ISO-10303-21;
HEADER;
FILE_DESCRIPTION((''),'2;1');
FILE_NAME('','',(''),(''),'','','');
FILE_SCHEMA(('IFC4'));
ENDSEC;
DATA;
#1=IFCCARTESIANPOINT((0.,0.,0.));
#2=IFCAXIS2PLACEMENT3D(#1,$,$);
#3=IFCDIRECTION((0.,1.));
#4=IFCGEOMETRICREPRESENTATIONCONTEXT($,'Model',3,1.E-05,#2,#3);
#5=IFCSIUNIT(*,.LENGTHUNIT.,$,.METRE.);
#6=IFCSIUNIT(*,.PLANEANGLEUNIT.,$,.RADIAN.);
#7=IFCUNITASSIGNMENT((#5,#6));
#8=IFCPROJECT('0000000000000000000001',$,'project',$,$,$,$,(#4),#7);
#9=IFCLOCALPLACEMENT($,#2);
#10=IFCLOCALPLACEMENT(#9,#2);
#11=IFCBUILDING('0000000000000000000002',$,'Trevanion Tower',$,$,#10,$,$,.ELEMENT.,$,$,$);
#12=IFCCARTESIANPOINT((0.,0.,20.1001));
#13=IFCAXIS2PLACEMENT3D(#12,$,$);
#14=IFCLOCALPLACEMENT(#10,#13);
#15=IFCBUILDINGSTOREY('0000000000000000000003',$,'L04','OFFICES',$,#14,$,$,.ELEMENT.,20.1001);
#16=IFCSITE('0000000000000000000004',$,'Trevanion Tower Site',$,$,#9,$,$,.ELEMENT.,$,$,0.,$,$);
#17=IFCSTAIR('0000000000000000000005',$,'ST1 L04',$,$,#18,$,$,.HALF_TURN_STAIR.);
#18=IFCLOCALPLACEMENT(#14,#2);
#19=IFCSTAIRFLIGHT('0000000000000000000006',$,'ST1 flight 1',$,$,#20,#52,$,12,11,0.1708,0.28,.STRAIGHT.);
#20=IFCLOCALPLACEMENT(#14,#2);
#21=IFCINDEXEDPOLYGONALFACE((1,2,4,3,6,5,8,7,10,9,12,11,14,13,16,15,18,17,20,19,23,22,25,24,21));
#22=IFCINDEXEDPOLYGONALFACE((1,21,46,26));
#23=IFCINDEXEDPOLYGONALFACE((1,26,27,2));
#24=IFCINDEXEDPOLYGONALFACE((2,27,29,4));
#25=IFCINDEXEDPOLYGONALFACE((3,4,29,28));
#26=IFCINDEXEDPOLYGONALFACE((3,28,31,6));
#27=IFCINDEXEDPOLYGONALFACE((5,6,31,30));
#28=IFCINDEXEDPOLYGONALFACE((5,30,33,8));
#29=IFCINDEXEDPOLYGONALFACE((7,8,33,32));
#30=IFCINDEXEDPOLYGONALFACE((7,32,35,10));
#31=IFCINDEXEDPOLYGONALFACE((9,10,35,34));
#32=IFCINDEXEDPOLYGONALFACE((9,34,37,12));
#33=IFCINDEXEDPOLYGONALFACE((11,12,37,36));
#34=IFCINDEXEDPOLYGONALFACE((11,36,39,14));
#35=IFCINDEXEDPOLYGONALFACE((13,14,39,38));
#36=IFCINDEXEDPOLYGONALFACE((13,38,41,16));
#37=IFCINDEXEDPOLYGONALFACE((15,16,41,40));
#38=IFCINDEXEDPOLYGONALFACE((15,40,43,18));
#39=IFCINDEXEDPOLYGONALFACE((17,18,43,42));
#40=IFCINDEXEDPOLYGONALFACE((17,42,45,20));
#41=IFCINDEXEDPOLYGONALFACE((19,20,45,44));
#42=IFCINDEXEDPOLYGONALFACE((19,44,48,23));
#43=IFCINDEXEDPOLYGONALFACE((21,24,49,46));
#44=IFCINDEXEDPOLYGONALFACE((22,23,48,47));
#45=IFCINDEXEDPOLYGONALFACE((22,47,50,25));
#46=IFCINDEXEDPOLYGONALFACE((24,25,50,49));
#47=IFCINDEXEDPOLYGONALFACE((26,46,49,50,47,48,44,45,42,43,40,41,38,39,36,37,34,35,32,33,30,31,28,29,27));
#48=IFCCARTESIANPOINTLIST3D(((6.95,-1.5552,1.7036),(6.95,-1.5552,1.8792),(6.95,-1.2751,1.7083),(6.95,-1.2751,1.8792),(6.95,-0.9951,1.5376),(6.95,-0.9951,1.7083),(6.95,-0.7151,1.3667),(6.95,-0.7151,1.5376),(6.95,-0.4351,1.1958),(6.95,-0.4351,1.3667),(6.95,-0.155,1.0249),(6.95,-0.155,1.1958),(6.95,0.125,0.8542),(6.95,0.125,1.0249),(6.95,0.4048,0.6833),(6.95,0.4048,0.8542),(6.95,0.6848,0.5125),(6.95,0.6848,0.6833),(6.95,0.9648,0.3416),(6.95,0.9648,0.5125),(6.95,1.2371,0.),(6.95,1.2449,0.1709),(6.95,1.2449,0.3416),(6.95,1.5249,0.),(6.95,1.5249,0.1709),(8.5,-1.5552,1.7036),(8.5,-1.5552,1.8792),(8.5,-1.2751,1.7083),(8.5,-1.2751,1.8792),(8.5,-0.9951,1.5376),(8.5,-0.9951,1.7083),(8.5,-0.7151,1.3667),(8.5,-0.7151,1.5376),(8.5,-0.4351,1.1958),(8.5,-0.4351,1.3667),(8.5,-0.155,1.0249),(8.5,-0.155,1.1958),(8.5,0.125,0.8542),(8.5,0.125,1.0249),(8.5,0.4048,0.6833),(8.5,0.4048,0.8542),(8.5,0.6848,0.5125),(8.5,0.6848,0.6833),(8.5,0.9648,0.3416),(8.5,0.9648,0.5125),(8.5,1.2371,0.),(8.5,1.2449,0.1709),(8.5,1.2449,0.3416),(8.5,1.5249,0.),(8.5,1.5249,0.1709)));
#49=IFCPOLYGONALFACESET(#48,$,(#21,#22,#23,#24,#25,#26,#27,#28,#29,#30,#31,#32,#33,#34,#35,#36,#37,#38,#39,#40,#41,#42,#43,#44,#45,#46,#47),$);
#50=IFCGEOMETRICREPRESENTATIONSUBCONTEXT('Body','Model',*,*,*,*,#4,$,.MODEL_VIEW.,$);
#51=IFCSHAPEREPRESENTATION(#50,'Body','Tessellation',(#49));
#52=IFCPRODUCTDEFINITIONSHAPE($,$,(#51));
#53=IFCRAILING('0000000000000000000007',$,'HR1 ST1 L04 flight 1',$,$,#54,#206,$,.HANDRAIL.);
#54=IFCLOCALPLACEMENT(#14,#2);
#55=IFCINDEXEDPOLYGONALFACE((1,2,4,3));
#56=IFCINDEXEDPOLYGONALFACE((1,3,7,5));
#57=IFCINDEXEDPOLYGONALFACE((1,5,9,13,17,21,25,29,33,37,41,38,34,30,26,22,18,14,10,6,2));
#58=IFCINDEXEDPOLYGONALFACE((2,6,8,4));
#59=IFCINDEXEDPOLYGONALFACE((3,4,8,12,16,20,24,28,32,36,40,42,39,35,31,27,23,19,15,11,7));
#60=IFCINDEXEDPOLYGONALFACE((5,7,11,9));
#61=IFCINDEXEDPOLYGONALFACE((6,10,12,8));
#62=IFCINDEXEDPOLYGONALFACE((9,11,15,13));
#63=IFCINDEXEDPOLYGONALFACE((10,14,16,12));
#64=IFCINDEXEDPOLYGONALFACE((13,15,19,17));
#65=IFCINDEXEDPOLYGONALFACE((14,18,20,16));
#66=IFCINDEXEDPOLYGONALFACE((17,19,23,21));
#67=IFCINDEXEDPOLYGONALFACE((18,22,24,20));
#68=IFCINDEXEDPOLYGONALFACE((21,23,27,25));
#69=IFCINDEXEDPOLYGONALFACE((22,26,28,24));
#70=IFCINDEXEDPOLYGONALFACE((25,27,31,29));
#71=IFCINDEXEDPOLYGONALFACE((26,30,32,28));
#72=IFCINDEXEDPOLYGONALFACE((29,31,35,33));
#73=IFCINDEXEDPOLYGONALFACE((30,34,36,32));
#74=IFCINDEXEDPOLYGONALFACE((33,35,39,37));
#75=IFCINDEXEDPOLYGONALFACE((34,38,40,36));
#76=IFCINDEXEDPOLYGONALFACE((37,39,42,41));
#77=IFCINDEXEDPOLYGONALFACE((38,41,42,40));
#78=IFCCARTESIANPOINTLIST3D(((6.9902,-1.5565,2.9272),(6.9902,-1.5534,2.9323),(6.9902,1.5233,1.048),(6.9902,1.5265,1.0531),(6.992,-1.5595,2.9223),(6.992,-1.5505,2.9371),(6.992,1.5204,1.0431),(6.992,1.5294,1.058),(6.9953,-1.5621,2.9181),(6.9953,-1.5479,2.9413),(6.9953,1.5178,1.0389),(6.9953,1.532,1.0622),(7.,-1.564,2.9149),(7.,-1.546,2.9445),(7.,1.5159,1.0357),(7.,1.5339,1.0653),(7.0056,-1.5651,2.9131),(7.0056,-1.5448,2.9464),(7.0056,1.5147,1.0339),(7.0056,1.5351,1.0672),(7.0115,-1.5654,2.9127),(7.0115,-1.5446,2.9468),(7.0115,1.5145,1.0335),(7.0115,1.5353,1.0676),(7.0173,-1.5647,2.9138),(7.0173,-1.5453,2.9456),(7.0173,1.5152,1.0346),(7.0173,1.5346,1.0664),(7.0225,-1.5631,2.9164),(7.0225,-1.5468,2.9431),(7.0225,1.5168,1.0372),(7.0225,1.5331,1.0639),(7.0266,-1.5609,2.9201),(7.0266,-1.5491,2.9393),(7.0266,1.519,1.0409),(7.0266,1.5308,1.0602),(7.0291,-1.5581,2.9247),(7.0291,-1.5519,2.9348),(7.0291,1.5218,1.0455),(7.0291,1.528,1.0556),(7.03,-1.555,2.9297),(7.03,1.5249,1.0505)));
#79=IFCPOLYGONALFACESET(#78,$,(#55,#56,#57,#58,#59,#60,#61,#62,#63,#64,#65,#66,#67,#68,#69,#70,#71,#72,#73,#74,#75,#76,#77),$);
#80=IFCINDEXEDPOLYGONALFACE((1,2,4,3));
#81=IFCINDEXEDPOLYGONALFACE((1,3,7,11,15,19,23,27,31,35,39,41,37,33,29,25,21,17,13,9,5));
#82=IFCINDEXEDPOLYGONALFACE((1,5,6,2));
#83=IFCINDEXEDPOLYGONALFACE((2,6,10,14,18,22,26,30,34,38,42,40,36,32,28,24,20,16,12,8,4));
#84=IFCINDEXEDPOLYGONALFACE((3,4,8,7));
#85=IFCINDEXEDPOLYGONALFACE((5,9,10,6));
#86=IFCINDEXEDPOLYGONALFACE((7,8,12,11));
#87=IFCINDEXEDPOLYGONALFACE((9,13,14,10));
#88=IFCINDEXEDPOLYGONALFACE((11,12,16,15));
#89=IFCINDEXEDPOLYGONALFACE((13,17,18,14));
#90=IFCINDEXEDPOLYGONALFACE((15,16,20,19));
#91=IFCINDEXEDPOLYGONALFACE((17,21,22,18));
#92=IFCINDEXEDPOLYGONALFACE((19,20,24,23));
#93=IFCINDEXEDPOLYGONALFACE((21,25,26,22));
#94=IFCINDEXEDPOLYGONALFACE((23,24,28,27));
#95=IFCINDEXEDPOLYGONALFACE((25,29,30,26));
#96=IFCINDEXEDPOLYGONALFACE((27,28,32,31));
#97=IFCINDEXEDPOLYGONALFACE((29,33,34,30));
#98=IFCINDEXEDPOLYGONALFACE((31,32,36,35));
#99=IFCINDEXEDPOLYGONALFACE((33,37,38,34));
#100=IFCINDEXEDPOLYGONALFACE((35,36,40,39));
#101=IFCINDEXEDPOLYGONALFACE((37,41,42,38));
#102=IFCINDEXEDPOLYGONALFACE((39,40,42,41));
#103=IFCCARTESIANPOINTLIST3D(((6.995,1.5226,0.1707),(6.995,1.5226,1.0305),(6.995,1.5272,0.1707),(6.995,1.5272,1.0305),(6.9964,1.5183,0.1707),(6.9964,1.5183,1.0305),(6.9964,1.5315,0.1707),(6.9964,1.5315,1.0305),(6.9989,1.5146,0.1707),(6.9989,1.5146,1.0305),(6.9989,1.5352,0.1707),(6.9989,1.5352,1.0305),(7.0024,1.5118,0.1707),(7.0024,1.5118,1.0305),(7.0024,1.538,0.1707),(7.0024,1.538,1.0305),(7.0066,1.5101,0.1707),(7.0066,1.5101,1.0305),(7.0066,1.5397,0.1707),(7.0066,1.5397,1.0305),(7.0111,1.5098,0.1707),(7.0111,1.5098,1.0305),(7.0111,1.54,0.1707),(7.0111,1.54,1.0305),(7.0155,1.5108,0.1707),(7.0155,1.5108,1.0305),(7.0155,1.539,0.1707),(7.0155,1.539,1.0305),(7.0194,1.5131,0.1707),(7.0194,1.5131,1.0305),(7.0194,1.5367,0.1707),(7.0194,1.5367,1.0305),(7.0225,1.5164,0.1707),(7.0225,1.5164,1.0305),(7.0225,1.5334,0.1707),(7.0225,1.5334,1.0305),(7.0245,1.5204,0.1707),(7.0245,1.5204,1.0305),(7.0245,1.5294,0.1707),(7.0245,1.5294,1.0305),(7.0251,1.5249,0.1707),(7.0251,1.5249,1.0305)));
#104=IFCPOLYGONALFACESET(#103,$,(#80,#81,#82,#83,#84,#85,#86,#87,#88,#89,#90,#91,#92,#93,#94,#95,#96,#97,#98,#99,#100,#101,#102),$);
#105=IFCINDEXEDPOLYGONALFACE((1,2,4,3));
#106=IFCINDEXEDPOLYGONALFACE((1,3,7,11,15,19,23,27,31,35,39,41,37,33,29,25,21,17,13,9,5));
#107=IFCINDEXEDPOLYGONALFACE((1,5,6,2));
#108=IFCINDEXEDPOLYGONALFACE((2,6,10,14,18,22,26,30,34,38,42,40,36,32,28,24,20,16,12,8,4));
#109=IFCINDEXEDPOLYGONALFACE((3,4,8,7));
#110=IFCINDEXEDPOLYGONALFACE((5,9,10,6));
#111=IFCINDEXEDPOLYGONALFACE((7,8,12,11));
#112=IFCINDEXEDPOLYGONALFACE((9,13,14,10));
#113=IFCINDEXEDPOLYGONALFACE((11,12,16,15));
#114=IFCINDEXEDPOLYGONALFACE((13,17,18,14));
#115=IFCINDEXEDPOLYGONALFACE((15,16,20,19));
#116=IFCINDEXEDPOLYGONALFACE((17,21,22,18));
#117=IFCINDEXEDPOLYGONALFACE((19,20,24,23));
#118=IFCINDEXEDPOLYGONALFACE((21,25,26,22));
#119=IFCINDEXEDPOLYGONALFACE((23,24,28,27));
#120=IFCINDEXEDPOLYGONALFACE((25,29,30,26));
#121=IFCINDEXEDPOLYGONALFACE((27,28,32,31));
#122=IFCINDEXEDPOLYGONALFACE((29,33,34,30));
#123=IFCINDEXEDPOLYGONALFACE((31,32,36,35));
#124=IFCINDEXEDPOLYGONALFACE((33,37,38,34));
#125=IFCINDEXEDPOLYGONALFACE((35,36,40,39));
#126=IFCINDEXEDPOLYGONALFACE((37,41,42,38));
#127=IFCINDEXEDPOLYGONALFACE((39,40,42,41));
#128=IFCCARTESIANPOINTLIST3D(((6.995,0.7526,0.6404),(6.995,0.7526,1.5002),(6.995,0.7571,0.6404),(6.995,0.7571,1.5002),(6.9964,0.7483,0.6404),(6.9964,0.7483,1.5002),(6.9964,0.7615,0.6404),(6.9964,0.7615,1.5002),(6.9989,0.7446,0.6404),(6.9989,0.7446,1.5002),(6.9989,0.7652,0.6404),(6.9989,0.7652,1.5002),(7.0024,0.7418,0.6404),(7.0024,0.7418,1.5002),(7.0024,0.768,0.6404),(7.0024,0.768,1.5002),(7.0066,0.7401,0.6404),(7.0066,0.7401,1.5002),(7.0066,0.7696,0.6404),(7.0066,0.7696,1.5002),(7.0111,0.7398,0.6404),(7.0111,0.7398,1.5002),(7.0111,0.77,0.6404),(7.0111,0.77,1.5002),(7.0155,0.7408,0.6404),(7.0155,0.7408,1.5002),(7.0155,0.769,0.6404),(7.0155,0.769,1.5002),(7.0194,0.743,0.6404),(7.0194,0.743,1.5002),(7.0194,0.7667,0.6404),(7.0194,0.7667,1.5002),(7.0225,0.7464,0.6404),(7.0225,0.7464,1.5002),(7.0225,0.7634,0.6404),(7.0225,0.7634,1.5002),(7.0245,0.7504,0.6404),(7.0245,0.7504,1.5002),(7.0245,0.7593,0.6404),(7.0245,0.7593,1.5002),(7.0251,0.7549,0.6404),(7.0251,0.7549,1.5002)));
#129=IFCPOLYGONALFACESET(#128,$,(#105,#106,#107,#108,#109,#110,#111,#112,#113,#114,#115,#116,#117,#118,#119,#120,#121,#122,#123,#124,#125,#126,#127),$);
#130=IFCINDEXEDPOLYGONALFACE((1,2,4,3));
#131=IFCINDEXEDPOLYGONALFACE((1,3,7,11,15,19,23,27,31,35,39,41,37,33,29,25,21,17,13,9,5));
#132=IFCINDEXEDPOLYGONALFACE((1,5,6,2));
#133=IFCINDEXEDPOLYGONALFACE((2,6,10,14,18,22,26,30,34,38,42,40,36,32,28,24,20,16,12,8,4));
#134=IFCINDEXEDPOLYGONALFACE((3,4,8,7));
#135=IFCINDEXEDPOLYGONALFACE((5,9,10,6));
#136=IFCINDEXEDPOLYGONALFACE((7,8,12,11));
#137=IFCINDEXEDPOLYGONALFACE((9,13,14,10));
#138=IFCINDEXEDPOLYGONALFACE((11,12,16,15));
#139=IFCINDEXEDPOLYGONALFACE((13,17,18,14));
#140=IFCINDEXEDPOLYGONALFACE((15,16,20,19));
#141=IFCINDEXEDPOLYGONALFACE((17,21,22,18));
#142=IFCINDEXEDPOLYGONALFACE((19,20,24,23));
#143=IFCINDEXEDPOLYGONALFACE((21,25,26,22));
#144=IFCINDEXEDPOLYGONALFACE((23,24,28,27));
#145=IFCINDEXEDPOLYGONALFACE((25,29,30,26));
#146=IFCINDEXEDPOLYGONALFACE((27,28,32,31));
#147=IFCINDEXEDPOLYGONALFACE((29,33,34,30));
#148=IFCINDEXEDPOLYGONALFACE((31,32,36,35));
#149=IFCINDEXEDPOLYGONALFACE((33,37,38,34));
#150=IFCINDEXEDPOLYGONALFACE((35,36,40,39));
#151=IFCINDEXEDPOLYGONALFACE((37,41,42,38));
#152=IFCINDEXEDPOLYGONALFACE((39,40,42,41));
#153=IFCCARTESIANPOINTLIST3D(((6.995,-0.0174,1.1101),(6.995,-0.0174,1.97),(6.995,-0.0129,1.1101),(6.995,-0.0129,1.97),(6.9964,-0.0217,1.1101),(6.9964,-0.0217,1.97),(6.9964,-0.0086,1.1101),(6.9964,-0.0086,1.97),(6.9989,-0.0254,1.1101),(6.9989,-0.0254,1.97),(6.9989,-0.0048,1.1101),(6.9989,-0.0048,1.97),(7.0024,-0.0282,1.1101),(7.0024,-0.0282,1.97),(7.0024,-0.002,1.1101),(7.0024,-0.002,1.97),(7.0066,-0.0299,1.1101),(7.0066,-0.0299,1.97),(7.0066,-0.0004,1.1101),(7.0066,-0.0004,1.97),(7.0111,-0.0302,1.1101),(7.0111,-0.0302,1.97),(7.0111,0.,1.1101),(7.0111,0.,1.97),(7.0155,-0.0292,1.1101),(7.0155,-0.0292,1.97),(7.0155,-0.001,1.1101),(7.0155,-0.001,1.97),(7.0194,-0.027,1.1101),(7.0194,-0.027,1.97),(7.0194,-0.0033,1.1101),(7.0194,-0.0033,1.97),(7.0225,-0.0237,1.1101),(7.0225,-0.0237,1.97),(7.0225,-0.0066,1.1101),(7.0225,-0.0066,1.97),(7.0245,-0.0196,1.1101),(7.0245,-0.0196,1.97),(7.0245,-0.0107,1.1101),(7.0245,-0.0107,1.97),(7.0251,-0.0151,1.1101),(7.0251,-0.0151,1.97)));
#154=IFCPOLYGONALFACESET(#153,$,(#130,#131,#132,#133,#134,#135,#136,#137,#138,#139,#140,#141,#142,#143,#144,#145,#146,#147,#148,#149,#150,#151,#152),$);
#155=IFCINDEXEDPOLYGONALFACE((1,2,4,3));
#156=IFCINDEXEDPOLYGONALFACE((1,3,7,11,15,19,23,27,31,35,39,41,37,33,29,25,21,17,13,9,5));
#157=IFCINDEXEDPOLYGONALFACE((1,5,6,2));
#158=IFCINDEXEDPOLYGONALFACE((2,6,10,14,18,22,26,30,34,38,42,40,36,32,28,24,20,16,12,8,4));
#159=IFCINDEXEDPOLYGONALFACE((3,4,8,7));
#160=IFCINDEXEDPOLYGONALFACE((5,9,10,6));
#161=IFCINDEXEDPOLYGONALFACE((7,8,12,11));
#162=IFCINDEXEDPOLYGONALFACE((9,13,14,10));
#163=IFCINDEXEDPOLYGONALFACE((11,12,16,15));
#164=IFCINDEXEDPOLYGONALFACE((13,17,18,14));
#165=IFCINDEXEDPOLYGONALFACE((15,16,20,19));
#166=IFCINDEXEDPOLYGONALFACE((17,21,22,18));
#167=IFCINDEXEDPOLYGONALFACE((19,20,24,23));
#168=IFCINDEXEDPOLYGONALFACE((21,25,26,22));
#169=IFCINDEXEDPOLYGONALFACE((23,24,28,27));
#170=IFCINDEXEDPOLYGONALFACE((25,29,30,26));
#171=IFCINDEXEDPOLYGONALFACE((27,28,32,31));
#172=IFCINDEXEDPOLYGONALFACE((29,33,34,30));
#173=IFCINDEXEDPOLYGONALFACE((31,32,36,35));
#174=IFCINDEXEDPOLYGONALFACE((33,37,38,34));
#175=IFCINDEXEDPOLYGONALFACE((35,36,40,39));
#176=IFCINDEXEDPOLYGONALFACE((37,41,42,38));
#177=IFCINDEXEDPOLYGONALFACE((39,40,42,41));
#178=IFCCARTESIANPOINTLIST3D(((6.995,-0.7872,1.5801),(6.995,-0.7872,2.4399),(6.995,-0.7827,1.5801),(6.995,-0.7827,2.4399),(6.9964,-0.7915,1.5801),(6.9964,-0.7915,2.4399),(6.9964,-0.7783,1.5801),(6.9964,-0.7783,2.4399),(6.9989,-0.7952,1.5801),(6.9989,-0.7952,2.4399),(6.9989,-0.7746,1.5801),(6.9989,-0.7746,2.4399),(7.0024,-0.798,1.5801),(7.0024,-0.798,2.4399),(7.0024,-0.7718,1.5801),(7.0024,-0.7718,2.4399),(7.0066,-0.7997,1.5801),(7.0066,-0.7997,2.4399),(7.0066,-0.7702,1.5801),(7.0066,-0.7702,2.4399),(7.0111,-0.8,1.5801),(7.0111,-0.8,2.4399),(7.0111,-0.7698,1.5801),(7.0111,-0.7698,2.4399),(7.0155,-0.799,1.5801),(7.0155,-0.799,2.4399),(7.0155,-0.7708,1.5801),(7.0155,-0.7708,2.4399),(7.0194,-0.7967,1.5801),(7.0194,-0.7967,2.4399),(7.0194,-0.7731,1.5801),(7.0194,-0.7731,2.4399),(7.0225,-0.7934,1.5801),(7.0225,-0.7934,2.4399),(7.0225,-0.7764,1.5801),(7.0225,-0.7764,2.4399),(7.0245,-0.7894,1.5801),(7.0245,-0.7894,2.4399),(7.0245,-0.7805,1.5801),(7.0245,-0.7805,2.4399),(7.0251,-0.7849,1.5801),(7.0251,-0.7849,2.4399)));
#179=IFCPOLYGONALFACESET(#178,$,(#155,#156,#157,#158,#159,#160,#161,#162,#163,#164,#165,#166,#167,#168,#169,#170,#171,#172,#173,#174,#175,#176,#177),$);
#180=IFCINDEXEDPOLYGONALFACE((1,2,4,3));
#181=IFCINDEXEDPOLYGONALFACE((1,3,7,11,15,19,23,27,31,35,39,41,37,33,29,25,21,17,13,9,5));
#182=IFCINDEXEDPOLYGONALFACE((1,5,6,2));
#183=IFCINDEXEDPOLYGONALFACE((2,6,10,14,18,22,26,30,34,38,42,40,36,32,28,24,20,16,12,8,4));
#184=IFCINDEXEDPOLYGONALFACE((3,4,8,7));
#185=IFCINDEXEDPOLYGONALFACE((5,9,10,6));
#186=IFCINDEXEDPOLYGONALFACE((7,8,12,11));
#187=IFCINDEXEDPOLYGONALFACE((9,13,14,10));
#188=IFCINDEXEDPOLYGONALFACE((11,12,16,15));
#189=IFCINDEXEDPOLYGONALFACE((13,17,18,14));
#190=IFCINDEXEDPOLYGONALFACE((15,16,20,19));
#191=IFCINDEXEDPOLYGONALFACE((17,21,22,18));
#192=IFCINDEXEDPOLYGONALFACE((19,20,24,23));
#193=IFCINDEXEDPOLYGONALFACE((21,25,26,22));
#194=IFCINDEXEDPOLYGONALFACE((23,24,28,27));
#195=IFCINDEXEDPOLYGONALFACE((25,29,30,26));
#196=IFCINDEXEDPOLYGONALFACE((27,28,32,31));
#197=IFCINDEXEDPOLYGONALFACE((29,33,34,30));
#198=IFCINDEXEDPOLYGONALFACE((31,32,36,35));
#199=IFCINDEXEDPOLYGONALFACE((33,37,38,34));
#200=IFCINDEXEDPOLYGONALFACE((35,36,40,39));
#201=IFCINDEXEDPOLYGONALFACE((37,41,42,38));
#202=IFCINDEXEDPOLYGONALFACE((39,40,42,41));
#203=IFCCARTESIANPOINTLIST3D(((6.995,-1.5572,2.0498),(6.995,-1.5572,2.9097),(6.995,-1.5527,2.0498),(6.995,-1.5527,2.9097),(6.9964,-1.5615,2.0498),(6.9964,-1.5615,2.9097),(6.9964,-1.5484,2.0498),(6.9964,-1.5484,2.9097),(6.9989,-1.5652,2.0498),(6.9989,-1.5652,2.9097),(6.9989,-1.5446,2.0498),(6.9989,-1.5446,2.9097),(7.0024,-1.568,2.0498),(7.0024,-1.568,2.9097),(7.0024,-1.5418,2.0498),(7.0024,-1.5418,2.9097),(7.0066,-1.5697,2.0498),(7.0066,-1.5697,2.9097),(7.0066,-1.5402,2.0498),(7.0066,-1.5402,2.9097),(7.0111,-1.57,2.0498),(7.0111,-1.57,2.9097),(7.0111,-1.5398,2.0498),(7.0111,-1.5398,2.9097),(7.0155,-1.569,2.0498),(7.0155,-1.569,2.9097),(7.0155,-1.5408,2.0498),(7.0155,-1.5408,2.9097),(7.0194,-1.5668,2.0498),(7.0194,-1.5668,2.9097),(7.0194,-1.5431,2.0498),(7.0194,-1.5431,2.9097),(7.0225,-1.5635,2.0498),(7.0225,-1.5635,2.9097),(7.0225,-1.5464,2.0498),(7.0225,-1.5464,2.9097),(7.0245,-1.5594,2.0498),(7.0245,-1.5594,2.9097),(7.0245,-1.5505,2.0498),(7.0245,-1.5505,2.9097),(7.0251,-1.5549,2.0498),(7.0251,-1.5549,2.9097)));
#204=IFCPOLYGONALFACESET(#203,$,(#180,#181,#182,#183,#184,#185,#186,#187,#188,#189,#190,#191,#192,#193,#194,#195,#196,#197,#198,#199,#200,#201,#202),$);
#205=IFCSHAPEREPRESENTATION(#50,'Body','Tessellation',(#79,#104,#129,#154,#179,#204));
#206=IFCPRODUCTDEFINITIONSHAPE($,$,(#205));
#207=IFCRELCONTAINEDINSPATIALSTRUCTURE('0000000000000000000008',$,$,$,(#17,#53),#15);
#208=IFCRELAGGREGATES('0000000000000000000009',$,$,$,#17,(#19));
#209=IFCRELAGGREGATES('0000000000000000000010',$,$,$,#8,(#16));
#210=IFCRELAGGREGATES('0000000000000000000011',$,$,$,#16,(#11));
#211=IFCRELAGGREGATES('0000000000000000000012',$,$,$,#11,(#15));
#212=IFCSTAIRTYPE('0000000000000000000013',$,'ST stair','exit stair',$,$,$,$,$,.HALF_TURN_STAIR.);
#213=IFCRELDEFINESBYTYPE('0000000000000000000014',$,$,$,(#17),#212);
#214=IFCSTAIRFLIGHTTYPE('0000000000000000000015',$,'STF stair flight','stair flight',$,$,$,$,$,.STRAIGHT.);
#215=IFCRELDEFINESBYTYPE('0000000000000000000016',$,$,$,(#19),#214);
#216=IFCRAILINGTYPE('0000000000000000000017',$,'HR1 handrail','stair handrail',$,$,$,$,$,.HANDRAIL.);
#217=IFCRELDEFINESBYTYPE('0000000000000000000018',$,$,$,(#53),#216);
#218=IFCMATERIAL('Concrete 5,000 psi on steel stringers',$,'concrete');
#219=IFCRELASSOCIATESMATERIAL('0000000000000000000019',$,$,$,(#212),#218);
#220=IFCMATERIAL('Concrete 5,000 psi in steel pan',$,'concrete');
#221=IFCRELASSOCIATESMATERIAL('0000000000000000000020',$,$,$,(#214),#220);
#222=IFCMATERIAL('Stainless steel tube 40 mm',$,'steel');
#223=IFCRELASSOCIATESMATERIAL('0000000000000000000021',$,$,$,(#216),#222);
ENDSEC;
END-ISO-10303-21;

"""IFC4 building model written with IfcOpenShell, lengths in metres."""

from ifc_helpers import new_model, si_unit, direction, frame, origin, origin_2d, place, context, subcontext, project, spatial, polyline, circle, outline, extrude, material, type_object, element, aggregate, save


model = new_model("IFC4")

# Units and contexts
model_context = context("Model", 3, precision=1e-05, world=origin(), true_north=direction((0.0, 1.0)))
body_context = subcontext(model_context, "Body", "Model", "MODEL_VIEW")
ifc_project = project(units=[si_unit("LENGTHUNIT", "METRE"), si_unit("PLANEANGLEUNIT", "RADIAN")], contexts=[model_context])

# Site, building, storey
site_placement = place(None, origin())
site = spatial("IfcSite", under=ifc_project, at=site_placement, Name="Trevanion Tower Site", CompositionType="ELEMENT", RefElevation=0.0)
building_placement = place(site_placement, origin())
building = spatial("IfcBuilding", under=site, at=building_placement, Name="Trevanion Tower", CompositionType="ELEMENT")
storey_placement = place(building_placement, frame((0.0, 0.0, 20.1001)))
storey = spatial("IfcBuildingStorey", under=building, at=storey_placement, Name="L04", Description="OFFICES", CompositionType="ELEMENT", Elevation=20.1001)

# Stair, stair flight
ifc_material_1 = material(Name="Concrete 5,000 psi on steel stringers", Category="concrete")
stair_type = type_object("IfcStairType", Name="ST stair", Description="exit stair", PredefinedType="HALF_TURN_STAIR", material=ifc_material_1)
stair_placement = place(storey_placement, origin())
stair = element("IfcStair", 1, at=stair_placement, inside=storey, type_object=stair_type, Name="ST1 L04", PredefinedType="HALF_TURN_STAIR")
ifc_material_2 = material(Name="Concrete 5,000 psi in steel pan", Category="concrete")
stair_flight_type = type_object("IfcStairFlightType", Name="STF stair flight", Description="stair flight", PredefinedType="STRAIGHT", material=ifc_material_2)
stair_flight_placement = place(storey_placement, frame((7.7251, 1.5249, 0.0), z_axis=(0.0, 0.0, 1.0), x_axis=(0.0, -1.0, 0.0)))
stair_flight = element("IfcStairFlight", 2, at=stair_flight_placement, type_object=stair_flight_type, Name="ST1 flight 1", NumberOfRisers=12, NumberOfTreads=11, PredefinedType="STRAIGHT", RiserHeight=0.1708, TreadLength=0.28, context=body_context, shape_type="SweptSolid", body=[
    extrude(outline(polyline([(0.0, 0.0), (0.0, 0.1709), (0.28, 0.1709), (0.28, 0.3416), (0.5601, 0.3416), (0.5601, 0.5125), (0.8401, 0.5125), (0.8401, 0.6833), (1.1201, 0.6833), (1.1201, 0.8542), (1.3999, 0.8542), (1.3999, 1.0249), (1.6799, 1.0249), (1.6799, 1.1958), (1.96, 1.1958), (1.96, 1.3667), (2.24, 1.3667), (2.24, 1.5376), (2.52, 1.5376), (2.52, 1.7083), (2.8, 1.7083), (2.8, 1.8792), (3.0801, 1.8792), (3.0801, 2.05), (3.0801, 1.7036), (0.2878, 0.0), (0.0, 0.0)])), frame((0.0, 0.7749, 0.0), z_axis=(0.0, -1.0, 0.0), x_axis=(1.0, 0.0, 0.0)), (0.0, 0.0, 1.0), 1.55),
])
aggregate(stair, [stair_flight])

# Railing
ifc_material_3 = material(Name="Stainless steel tube 40 mm", Category="steel")
railing_type = type_object("IfcRailingType", Name="HR1 handrail", Description="stair handrail", PredefinedType="HANDRAIL", material=ifc_material_3)
for number, where, name in (
    (3, (7.01, 1.5249, 0.1707), "HR1 ST1 L04 flight 1"),
):
    element("IfcRailing", number, at=place(storey_placement, frame(where)), inside=storey, type_object=railing_type, Name=name, PredefinedType="HANDRAIL", context=body_context, shape_type="SweptSolid", body=[
        extrude(circle(Radius=0.02, at=origin_2d()), frame((0.0, 0.0, 0.8799), z_axis=(0.0, -0.853648, 0.52085), x_axis=(1.0, 0.0, 0.0)), (0.0, 0.0, 1.0), 3.6079),
        extrude(circle(Radius=0.0151, at=origin_2d()), origin(), (0.0, 0.0, 1.0), 0.8599),
        extrude(circle(Radius=0.0151, at=origin_2d()), frame((0.0, -0.77, 0.4697)), (0.0, 0.0, 1.0), 0.8599),
        extrude(circle(Radius=0.0151, at=origin_2d()), frame((0.0, -1.54, 0.9395)), (0.0, 0.0, 1.0), 0.8599),
        extrude(circle(Radius=0.0151, at=origin_2d()), frame((0.0, -2.3098, 1.4094)), (0.0, 0.0, 1.0), 0.8599),
        extrude(circle(Radius=0.0151, at=origin_2d()), frame((0.0, -3.0798, 1.8792)), (0.0, 0.0, 1.0), 0.8599),
    ])

save(model, "model.ifc")
